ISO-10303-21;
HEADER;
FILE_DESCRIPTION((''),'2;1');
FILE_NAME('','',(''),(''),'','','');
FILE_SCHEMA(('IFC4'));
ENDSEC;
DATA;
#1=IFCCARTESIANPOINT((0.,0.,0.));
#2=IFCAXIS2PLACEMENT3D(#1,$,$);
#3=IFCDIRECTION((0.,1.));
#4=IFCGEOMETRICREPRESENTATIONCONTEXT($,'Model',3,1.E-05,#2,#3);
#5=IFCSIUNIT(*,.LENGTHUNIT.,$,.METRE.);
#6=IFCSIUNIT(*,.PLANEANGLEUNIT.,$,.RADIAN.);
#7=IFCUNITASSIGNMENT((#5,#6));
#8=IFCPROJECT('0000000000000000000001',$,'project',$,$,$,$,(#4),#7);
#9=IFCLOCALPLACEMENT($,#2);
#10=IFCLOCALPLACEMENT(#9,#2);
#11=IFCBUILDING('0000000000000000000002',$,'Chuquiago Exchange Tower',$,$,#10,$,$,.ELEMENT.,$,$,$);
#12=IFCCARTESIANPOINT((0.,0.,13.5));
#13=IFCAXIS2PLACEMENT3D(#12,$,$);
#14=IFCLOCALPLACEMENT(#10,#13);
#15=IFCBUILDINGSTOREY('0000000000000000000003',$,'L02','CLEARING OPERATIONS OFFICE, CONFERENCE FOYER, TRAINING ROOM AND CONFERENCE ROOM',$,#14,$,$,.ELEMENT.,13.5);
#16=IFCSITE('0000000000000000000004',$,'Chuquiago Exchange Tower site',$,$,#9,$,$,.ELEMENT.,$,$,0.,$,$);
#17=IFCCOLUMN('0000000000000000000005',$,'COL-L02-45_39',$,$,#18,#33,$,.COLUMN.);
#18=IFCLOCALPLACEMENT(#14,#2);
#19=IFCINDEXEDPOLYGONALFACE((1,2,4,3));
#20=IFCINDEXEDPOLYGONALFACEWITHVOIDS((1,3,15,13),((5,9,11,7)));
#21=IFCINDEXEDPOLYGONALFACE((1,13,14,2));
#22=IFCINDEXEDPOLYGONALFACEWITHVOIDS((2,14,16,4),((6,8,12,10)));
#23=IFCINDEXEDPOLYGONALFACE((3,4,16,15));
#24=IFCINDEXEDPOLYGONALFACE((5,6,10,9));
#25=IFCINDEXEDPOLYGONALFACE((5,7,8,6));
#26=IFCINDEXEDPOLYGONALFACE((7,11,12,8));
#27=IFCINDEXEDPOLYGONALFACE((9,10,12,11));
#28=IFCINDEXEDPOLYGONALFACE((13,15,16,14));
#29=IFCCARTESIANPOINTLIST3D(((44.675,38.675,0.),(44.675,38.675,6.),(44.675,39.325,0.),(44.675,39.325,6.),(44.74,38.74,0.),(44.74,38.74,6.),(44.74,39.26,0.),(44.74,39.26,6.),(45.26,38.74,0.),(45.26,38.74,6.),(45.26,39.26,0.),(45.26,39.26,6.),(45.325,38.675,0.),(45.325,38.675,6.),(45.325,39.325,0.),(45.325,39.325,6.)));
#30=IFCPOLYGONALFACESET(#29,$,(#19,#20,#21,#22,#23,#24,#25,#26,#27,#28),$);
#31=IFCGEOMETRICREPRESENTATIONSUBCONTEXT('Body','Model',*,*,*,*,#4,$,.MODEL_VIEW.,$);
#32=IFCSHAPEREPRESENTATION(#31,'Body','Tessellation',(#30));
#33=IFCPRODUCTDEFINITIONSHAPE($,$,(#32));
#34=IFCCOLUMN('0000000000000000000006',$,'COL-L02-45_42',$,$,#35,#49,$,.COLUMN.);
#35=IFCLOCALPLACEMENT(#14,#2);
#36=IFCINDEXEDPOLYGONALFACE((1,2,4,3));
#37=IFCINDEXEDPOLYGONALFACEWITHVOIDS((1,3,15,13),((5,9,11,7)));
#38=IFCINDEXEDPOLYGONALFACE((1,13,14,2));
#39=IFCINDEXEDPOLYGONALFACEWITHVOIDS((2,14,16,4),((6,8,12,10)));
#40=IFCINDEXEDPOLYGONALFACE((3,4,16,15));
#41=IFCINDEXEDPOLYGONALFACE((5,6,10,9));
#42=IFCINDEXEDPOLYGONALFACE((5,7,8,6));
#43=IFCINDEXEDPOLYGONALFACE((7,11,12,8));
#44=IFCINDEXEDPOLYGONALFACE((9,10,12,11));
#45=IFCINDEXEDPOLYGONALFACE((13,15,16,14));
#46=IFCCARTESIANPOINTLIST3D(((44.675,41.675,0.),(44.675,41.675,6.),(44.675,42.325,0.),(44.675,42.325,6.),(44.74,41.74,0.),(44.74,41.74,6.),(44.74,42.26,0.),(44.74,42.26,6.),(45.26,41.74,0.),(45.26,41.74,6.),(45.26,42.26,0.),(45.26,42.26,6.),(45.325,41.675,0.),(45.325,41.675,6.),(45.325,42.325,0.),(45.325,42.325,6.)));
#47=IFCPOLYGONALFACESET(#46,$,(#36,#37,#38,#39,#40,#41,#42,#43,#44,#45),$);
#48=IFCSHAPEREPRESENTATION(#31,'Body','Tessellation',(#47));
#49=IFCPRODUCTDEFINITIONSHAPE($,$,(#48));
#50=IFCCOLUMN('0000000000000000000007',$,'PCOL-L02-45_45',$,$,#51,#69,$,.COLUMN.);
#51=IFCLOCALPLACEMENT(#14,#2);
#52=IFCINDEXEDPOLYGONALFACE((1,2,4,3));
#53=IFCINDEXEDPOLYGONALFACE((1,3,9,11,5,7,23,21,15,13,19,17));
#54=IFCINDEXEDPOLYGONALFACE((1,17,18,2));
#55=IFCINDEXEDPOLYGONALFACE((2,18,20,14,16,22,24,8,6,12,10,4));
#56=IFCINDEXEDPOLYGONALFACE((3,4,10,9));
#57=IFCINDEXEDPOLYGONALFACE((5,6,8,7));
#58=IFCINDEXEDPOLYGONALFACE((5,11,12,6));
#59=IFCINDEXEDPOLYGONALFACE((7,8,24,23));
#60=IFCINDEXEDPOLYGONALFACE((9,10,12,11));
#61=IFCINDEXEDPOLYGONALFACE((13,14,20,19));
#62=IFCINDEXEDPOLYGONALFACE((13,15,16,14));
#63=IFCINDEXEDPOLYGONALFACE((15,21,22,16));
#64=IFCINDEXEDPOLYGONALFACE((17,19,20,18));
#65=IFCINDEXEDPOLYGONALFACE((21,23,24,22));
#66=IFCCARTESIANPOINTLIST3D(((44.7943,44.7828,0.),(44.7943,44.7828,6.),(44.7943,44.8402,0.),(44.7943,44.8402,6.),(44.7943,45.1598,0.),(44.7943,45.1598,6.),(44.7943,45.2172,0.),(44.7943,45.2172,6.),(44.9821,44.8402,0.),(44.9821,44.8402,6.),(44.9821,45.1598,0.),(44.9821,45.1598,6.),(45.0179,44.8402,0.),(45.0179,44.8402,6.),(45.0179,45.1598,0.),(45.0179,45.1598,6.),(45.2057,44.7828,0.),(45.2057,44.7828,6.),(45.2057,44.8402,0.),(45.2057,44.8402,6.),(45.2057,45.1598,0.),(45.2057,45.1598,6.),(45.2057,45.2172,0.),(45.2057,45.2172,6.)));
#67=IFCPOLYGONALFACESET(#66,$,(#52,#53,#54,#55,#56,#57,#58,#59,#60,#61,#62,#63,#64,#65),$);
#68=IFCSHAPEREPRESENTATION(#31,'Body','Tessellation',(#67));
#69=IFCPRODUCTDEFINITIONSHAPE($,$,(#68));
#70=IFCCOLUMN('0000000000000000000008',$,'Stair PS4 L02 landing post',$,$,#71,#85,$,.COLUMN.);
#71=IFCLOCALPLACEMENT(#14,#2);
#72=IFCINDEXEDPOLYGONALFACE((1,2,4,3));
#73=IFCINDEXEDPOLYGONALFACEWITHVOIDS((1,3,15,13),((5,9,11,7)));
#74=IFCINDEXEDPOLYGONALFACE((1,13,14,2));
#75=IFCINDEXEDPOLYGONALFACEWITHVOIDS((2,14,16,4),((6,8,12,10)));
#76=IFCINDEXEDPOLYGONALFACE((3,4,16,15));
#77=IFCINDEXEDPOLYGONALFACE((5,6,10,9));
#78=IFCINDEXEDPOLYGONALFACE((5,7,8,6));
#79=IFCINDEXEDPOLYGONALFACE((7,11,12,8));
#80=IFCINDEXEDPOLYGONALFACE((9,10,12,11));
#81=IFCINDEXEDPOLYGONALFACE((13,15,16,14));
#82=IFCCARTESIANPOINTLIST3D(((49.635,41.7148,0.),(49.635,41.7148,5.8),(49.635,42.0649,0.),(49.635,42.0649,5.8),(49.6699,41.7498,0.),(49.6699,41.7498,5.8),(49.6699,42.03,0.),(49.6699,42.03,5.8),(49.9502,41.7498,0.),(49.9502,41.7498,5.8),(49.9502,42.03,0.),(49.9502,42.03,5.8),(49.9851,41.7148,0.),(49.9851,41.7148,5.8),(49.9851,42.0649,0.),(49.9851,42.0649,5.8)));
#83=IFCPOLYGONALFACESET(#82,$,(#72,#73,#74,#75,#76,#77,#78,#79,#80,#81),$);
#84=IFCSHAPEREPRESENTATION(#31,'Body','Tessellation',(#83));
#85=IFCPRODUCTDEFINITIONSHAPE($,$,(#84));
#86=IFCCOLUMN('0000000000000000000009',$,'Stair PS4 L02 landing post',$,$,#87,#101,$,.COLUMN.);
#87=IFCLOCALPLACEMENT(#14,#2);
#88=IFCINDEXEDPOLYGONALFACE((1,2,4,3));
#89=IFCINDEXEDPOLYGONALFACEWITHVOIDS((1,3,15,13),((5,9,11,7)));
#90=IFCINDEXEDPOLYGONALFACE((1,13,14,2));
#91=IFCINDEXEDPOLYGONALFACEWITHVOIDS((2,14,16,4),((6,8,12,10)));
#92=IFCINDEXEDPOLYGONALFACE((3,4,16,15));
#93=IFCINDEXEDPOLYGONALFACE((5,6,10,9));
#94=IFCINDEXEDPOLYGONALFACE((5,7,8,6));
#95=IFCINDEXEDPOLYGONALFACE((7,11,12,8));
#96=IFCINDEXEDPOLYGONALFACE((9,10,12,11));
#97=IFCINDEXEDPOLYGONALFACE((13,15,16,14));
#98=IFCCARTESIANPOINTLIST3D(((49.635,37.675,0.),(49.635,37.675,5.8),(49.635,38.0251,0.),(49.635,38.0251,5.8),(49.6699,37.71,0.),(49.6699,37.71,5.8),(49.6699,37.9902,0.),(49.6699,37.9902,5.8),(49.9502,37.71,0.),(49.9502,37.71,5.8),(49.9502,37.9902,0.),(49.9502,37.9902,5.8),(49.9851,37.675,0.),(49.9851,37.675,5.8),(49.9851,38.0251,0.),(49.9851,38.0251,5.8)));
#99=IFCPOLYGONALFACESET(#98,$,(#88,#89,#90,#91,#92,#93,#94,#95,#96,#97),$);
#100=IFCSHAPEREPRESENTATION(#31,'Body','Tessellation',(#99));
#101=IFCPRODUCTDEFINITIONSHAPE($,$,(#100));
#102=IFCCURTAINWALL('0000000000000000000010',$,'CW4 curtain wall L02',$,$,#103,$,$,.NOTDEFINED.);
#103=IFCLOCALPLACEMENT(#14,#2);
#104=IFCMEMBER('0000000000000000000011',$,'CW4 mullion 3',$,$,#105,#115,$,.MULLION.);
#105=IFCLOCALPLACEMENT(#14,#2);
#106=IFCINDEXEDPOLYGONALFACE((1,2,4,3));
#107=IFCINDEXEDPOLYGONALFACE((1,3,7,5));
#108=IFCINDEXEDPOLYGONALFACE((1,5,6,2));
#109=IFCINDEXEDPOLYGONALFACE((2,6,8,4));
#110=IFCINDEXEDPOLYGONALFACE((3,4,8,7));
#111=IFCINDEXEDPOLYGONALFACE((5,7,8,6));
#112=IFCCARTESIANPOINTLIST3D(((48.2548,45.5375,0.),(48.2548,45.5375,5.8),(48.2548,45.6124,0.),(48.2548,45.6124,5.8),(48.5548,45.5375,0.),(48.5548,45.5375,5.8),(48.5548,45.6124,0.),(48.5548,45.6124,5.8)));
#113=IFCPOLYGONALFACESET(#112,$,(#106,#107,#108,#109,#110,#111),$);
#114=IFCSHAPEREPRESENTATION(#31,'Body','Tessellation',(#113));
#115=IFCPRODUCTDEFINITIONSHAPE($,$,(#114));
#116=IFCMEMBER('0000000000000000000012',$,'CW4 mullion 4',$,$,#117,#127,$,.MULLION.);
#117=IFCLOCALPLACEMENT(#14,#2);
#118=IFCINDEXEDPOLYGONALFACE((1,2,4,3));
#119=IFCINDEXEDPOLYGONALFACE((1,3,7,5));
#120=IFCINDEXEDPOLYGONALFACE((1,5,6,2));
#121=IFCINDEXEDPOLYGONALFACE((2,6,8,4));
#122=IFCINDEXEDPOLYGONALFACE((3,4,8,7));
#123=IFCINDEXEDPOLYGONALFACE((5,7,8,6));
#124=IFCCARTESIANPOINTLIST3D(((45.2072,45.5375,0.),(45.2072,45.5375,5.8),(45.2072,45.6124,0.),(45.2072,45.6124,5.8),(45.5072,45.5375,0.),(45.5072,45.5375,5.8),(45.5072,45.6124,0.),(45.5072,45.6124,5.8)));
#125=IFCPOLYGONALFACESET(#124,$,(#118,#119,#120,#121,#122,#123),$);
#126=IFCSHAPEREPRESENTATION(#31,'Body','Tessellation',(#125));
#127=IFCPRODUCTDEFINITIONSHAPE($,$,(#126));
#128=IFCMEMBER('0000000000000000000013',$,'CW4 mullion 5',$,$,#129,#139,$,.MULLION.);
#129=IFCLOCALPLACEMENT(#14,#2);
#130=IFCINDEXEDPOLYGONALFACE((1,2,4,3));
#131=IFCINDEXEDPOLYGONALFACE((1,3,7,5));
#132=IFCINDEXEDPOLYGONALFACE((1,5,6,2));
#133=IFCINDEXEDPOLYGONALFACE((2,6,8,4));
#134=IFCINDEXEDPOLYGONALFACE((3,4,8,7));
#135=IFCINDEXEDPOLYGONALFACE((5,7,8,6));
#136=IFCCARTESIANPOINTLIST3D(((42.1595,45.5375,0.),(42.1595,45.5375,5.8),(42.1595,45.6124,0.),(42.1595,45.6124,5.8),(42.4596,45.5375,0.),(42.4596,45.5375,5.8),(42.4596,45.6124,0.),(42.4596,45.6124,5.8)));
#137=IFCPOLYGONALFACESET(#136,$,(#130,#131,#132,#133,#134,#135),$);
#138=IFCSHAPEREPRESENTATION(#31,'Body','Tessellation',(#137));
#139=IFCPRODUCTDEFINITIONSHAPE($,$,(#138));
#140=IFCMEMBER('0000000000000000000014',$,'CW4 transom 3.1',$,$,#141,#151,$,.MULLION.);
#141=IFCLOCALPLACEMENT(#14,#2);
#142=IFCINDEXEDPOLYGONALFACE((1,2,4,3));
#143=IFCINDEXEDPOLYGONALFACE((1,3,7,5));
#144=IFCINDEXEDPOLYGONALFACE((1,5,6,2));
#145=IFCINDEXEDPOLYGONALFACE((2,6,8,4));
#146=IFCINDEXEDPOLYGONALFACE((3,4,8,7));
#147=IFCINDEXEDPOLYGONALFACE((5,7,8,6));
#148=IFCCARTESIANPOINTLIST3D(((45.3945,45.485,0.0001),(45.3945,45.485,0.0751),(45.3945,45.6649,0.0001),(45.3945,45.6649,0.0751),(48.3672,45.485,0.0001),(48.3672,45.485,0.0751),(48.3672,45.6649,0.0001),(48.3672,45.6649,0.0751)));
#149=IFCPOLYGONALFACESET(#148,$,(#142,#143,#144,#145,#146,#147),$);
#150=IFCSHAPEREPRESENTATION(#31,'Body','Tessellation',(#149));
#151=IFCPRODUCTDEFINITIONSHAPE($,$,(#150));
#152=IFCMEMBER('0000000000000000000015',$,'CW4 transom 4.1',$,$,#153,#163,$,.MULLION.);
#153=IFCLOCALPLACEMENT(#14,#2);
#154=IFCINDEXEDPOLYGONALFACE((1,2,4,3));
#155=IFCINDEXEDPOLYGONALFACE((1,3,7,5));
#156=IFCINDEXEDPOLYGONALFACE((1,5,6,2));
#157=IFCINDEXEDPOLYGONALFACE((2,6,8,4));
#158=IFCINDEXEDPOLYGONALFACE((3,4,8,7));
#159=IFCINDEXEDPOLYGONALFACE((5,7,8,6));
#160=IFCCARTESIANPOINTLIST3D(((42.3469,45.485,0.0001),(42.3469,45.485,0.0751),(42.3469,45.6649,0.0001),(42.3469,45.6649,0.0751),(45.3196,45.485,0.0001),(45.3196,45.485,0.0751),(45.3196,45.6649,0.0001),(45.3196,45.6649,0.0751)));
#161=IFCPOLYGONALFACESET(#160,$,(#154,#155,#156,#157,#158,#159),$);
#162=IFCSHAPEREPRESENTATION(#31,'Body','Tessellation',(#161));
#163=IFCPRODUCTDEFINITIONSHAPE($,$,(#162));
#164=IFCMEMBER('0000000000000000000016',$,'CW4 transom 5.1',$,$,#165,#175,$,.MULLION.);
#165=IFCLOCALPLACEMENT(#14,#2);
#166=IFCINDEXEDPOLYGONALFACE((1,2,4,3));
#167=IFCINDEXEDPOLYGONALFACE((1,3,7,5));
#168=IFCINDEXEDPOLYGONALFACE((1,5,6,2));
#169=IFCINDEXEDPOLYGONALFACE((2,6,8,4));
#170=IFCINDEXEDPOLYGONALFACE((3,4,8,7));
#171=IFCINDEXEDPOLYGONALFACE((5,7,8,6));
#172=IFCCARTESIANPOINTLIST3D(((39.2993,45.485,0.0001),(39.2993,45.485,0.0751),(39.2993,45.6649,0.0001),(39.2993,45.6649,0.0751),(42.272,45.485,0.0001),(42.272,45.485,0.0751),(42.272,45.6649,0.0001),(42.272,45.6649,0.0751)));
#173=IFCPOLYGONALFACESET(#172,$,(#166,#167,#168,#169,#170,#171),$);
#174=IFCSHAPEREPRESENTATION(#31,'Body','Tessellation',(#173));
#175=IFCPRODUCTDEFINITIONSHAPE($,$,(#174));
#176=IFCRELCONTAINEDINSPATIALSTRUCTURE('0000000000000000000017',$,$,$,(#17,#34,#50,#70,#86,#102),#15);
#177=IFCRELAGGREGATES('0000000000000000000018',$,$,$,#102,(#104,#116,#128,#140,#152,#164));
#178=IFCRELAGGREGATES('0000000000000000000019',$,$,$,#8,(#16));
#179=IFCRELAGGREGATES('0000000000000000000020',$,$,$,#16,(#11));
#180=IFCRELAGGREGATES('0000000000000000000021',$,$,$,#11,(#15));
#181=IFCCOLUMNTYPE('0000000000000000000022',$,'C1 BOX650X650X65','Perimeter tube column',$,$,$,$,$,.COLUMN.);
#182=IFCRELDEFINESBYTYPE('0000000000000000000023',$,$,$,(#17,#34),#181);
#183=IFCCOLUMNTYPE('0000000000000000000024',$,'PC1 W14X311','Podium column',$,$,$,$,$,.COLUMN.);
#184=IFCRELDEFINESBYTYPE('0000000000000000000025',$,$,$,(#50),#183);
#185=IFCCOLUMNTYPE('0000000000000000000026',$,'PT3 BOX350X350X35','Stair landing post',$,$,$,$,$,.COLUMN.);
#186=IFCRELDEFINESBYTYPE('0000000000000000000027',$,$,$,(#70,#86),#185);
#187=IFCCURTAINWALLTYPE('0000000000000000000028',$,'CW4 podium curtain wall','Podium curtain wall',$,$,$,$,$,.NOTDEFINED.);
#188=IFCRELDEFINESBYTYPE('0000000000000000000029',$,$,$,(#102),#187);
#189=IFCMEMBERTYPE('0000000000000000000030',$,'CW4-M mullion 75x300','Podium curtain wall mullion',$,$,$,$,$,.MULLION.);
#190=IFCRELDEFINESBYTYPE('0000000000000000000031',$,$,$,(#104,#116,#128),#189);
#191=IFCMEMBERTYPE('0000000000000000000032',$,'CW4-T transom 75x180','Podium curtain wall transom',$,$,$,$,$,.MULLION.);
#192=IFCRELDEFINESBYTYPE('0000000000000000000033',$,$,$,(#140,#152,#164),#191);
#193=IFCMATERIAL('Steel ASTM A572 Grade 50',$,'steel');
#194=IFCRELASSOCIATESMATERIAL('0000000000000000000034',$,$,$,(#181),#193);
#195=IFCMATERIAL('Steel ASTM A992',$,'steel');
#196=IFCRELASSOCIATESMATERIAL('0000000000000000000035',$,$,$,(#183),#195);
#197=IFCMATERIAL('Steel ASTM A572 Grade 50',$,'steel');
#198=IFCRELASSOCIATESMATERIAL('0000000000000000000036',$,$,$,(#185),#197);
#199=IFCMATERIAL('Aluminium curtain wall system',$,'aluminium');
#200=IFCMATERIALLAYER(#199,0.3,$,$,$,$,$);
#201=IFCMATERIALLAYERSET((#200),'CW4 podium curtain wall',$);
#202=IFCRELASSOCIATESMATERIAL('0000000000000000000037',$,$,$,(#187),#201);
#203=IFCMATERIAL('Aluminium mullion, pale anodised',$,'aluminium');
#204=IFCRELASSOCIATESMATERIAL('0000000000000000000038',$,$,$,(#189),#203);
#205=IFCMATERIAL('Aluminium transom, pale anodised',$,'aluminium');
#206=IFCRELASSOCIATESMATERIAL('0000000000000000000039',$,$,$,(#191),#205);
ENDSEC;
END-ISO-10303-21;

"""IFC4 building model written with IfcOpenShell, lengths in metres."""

from ifc_helpers import new_model, si_unit, direction, frame, origin, origin_2d, place, context, subcontext, project, spatial, rectangle, hollow_rectangle, i_section, extrude, material, layer, layer_set, material_profile, profile_set, type_object, element, aggregate, save


model = new_model("IFC4")

# Units and contexts
model_context = context("Model", 3, precision=1e-05, world=origin(), true_north=direction((0.0, 1.0)))
body_context = subcontext(model_context, "Body", "Model", "MODEL_VIEW")
ifc_project = project(units=[si_unit("LENGTHUNIT", "METRE"), si_unit("PLANEANGLEUNIT", "RADIAN")], contexts=[model_context])

# Site, building, storey
site_placement = place(None, origin())
site = spatial("IfcSite", under=ifc_project, at=site_placement, Name="Chuquiago Exchange Tower site", CompositionType="ELEMENT", RefElevation=0.0)
building_placement = place(site_placement, origin())
building = spatial("IfcBuilding", under=site, at=building_placement, Name="Chuquiago Exchange Tower", CompositionType="ELEMENT")
storey_placement = place(building_placement, frame((0.0, 0.0, 13.5)))
storey = spatial("IfcBuildingStorey", under=building, at=storey_placement, Name="L02", Description="CLEARING OPERATIONS OFFICE, CONFERENCE FOYER, TRAINING ROOM AND CONFERENCE ROOM", CompositionType="ELEMENT", Elevation=13.5)

# Columns
ifc_material_1 = material(Name="Steel ASTM A572 Grade 50", Category="steel")
ifc_material_profile_1 = material_profile(ifc_material_1, hollow_rectangle(XDim=0.6499, YDim=0.6499, WallThickness=0.0649, at=origin_2d()), Name="BOX650X650X65")
ifc_profile_set_1 = profile_set([ifc_material_profile_1], Name="Steel ASTM A572 Grade 50")
column_type_1 = type_object("IfcColumnType", Name="C1 BOX650X650X65", Description="Perimeter tube column", PredefinedType="COLUMN", material=ifc_profile_set_1)
for number, where, z_axis, x_axis, name in (
    (1, (45.0, 39.0, 0.0), (0.0, 0.0, 1.0), (1.0, 0.0, 0.0), "COL-L02-45_39"),
    (2, (45.0, 42.0, 0.0), (0.0, 0.0, 1.0), (1.0, 0.0, 0.0), "COL-L02-45_42"),
):
    element("IfcColumn", number, at=place(storey_placement, frame(where, z_axis=z_axis, x_axis=x_axis)), inside=storey, type_object=column_type_1, Name=name, PredefinedType="COLUMN", context=body_context, shape_type="SweptSolid", body=[
        extrude(hollow_rectangle(XDim=0.6499, YDim=0.6499, WallThickness=0.0649, at=origin_2d()), origin(), (0.0, 0.0, 1.0), 6.0),
    ])
ifc_material_2 = material(Name="Steel ASTM A992", Category="steel")
ifc_material_profile_2 = material_profile(ifc_material_2, i_section(OverallWidth=0.4114, OverallDepth=0.4343, WebThickness=0.0359, FlangeThickness=0.0574, at=origin_2d()), Name="W14X311")
ifc_profile_set_2 = profile_set([ifc_material_profile_2], Name="Steel ASTM A992")
column_type_2 = type_object("IfcColumnType", Name="PC1 W14X311", Description="Podium column", PredefinedType="COLUMN", material=ifc_profile_set_2)
column_placement = place(storey_placement, frame((45.0, 45.0, 0.0), z_axis=(0.0, 0.0, 1.0), x_axis=(1.0, 0.0, 0.0)))
element("IfcColumn", 3, at=column_placement, inside=storey, type_object=column_type_2, Name="PCOL-L02-45_45", PredefinedType="COLUMN", context=body_context, shape_type="SweptSolid", body=[
    extrude(i_section(OverallWidth=0.4114, OverallDepth=0.4343, WebThickness=0.0359, FlangeThickness=0.0574, at=origin_2d()), origin(), (0.0, 0.0, 1.0), 6.0),
])
ifc_material_3 = material(Name="Steel ASTM A572 Grade 50", Category="steel")
ifc_material_profile_3 = material_profile(ifc_material_3, hollow_rectangle(XDim=0.3501, YDim=0.3501, WallThickness=0.0349, at=origin_2d()), Name="BOX350X350X35")
ifc_profile_set_3 = profile_set([ifc_material_profile_3], Name="Steel ASTM A572 Grade 50")
column_type_3 = type_object("IfcColumnType", Name="PT3 BOX350X350X35", Description="Stair landing post", PredefinedType="COLUMN", material=ifc_profile_set_3)
for number, where, z_axis, x_axis, name in (
    (4, (49.8101, 41.8899, 0.0), (0.0, 0.0, 1.0), (1.0, 0.0, 0.0), "Stair PS4 L02 landing post"),
    (5, (49.8101, 37.8501, 0.0), (0.0, 0.0, 1.0), (1.0, 0.0, 0.0), "Stair PS4 L02 landing post"),
):
    element("IfcColumn", number, at=place(storey_placement, frame(where, z_axis=z_axis, x_axis=x_axis)), inside=storey, type_object=column_type_3, Name=name, PredefinedType="COLUMN", context=body_context, shape_type="SweptSolid", body=[
        extrude(hollow_rectangle(XDim=0.3501, YDim=0.3501, WallThickness=0.0349, at=origin_2d()), origin(), (0.0, 0.0, 1.0), 5.8),
    ])

# Curtain wall, members
ifc_material_4 = material(Name="Aluminium curtain wall system", Category="aluminium")
ifc_layer_1 = layer(ifc_material_4, 0.3)
ifc_layer_set_1 = layer_set([ifc_layer_1], Name="CW4 podium curtain wall")
curtain_wall_type = type_object("IfcCurtainWallType", Name="CW4 podium curtain wall", Description="Podium curtain wall", PredefinedType="NOTDEFINED", material=ifc_layer_set_1)
curtain_wall_placement = place(storey_placement, origin())
curtain_wall = element("IfcCurtainWall", 6, at=curtain_wall_placement, inside=storey, type_object=curtain_wall_type, Name="CW4 curtain wall L02", PredefinedType="NOTDEFINED")
ifc_material_5 = material(Name="Aluminium mullion, pale anodised", Category="aluminium")
ifc_material_profile_4 = material_profile(ifc_material_5, rectangle(XDim=0.075, YDim=0.3, at=origin_2d()), Name="AL 75x300")
ifc_profile_set_4 = profile_set([ifc_material_profile_4], Name="Aluminium mullion, pale anodised")
member_type_1 = type_object("IfcMemberType", Name="CW4-M mullion 75x300", Description="Podium curtain wall mullion", PredefinedType="MULLION", material=ifc_profile_set_4)
member_1_placement = place(storey_placement, frame((48.4048, 45.575, 0.0), z_axis=(0.0, 0.0, 1.0), x_axis=(0.0, -1.0, 0.0)))
member_1 = element("IfcMember", 7, at=member_1_placement, type_object=member_type_1, Name="CW4 mullion 3", PredefinedType="MULLION", context=body_context, shape_type="SweptSolid", body=[
    extrude(rectangle(XDim=0.075, YDim=0.3, at=origin_2d()), origin(), (0.0, 0.0, 1.0), 5.8),
])
member_2_placement = place(storey_placement, frame((45.3572, 45.575, 0.0), z_axis=(0.0, 0.0, 1.0), x_axis=(0.0, -1.0, 0.0)))
member_2 = element("IfcMember", 8, at=member_2_placement, type_object=member_type_1, Name="CW4 mullion 4", PredefinedType="MULLION", context=body_context, shape_type="SweptSolid", body=[
    extrude(rectangle(XDim=0.075, YDim=0.3, at=origin_2d()), origin(), (0.0, 0.0, 1.0), 5.8),
])
member_3_placement = place(storey_placement, frame((42.3096, 45.575, 0.0), z_axis=(0.0, 0.0, 1.0), x_axis=(0.0, -1.0, 0.0)))
member_3 = element("IfcMember", 9, at=member_3_placement, type_object=member_type_1, Name="CW4 mullion 5", PredefinedType="MULLION", context=body_context, shape_type="SweptSolid", body=[
    extrude(rectangle(XDim=0.075, YDim=0.3, at=origin_2d()), origin(), (0.0, 0.0, 1.0), 5.8),
])
ifc_material_6 = material(Name="Aluminium transom, pale anodised", Category="aluminium")
ifc_material_profile_5 = material_profile(ifc_material_6, rectangle(XDim=0.1799, YDim=0.075, at=origin_2d()), Name="AL 180x75")
ifc_profile_set_5 = profile_set([ifc_material_profile_5], Name="Aluminium transom, pale anodised")
member_type_2 = type_object("IfcMemberType", Name="CW4-T transom 75x180", Description="Podium curtain wall transom", PredefinedType="MULLION", material=ifc_profile_set_5)
member_4_placement = place(storey_placement, frame((48.3672, 45.575, 0.0376), z_axis=(-1.0, 0.0, 0.0), x_axis=(0.0, -1.0, 0.0)))
member_4 = element("IfcMember", 10, at=member_4_placement, type_object=member_type_2, Name="CW4 transom 3.1", PredefinedType="MULLION", context=body_context, shape_type="SweptSolid", body=[
    extrude(rectangle(XDim=0.1799, YDim=0.075, at=origin_2d()), origin(), (0.0, 0.0, 1.0), 2.9727),
])
member_5_placement = place(storey_placement, frame((45.3196, 45.575, 0.0376), z_axis=(-1.0, 0.0, 0.0), x_axis=(0.0, -1.0, 0.0)))
member_5 = element("IfcMember", 11, at=member_5_placement, type_object=member_type_2, Name="CW4 transom 4.1", PredefinedType="MULLION", context=body_context, shape_type="SweptSolid", body=[
    extrude(rectangle(XDim=0.1799, YDim=0.075, at=origin_2d()), origin(), (0.0, 0.0, 1.0), 2.9727),
])
member_6_placement = place(storey_placement, frame((42.272, 45.575, 0.0376), z_axis=(-1.0, 0.0, 0.0), x_axis=(0.0, -1.0, 0.0)))
member_6 = element("IfcMember", 12, at=member_6_placement, type_object=member_type_2, Name="CW4 transom 5.1", PredefinedType="MULLION", context=body_context, shape_type="SweptSolid", body=[
    extrude(rectangle(XDim=0.1799, YDim=0.075, at=origin_2d()), origin(), (0.0, 0.0, 1.0), 2.9727),
])

aggregate(curtain_wall, [member_1, member_2, member_3, member_4, member_5, member_6])

save(model, "model.ifc")
